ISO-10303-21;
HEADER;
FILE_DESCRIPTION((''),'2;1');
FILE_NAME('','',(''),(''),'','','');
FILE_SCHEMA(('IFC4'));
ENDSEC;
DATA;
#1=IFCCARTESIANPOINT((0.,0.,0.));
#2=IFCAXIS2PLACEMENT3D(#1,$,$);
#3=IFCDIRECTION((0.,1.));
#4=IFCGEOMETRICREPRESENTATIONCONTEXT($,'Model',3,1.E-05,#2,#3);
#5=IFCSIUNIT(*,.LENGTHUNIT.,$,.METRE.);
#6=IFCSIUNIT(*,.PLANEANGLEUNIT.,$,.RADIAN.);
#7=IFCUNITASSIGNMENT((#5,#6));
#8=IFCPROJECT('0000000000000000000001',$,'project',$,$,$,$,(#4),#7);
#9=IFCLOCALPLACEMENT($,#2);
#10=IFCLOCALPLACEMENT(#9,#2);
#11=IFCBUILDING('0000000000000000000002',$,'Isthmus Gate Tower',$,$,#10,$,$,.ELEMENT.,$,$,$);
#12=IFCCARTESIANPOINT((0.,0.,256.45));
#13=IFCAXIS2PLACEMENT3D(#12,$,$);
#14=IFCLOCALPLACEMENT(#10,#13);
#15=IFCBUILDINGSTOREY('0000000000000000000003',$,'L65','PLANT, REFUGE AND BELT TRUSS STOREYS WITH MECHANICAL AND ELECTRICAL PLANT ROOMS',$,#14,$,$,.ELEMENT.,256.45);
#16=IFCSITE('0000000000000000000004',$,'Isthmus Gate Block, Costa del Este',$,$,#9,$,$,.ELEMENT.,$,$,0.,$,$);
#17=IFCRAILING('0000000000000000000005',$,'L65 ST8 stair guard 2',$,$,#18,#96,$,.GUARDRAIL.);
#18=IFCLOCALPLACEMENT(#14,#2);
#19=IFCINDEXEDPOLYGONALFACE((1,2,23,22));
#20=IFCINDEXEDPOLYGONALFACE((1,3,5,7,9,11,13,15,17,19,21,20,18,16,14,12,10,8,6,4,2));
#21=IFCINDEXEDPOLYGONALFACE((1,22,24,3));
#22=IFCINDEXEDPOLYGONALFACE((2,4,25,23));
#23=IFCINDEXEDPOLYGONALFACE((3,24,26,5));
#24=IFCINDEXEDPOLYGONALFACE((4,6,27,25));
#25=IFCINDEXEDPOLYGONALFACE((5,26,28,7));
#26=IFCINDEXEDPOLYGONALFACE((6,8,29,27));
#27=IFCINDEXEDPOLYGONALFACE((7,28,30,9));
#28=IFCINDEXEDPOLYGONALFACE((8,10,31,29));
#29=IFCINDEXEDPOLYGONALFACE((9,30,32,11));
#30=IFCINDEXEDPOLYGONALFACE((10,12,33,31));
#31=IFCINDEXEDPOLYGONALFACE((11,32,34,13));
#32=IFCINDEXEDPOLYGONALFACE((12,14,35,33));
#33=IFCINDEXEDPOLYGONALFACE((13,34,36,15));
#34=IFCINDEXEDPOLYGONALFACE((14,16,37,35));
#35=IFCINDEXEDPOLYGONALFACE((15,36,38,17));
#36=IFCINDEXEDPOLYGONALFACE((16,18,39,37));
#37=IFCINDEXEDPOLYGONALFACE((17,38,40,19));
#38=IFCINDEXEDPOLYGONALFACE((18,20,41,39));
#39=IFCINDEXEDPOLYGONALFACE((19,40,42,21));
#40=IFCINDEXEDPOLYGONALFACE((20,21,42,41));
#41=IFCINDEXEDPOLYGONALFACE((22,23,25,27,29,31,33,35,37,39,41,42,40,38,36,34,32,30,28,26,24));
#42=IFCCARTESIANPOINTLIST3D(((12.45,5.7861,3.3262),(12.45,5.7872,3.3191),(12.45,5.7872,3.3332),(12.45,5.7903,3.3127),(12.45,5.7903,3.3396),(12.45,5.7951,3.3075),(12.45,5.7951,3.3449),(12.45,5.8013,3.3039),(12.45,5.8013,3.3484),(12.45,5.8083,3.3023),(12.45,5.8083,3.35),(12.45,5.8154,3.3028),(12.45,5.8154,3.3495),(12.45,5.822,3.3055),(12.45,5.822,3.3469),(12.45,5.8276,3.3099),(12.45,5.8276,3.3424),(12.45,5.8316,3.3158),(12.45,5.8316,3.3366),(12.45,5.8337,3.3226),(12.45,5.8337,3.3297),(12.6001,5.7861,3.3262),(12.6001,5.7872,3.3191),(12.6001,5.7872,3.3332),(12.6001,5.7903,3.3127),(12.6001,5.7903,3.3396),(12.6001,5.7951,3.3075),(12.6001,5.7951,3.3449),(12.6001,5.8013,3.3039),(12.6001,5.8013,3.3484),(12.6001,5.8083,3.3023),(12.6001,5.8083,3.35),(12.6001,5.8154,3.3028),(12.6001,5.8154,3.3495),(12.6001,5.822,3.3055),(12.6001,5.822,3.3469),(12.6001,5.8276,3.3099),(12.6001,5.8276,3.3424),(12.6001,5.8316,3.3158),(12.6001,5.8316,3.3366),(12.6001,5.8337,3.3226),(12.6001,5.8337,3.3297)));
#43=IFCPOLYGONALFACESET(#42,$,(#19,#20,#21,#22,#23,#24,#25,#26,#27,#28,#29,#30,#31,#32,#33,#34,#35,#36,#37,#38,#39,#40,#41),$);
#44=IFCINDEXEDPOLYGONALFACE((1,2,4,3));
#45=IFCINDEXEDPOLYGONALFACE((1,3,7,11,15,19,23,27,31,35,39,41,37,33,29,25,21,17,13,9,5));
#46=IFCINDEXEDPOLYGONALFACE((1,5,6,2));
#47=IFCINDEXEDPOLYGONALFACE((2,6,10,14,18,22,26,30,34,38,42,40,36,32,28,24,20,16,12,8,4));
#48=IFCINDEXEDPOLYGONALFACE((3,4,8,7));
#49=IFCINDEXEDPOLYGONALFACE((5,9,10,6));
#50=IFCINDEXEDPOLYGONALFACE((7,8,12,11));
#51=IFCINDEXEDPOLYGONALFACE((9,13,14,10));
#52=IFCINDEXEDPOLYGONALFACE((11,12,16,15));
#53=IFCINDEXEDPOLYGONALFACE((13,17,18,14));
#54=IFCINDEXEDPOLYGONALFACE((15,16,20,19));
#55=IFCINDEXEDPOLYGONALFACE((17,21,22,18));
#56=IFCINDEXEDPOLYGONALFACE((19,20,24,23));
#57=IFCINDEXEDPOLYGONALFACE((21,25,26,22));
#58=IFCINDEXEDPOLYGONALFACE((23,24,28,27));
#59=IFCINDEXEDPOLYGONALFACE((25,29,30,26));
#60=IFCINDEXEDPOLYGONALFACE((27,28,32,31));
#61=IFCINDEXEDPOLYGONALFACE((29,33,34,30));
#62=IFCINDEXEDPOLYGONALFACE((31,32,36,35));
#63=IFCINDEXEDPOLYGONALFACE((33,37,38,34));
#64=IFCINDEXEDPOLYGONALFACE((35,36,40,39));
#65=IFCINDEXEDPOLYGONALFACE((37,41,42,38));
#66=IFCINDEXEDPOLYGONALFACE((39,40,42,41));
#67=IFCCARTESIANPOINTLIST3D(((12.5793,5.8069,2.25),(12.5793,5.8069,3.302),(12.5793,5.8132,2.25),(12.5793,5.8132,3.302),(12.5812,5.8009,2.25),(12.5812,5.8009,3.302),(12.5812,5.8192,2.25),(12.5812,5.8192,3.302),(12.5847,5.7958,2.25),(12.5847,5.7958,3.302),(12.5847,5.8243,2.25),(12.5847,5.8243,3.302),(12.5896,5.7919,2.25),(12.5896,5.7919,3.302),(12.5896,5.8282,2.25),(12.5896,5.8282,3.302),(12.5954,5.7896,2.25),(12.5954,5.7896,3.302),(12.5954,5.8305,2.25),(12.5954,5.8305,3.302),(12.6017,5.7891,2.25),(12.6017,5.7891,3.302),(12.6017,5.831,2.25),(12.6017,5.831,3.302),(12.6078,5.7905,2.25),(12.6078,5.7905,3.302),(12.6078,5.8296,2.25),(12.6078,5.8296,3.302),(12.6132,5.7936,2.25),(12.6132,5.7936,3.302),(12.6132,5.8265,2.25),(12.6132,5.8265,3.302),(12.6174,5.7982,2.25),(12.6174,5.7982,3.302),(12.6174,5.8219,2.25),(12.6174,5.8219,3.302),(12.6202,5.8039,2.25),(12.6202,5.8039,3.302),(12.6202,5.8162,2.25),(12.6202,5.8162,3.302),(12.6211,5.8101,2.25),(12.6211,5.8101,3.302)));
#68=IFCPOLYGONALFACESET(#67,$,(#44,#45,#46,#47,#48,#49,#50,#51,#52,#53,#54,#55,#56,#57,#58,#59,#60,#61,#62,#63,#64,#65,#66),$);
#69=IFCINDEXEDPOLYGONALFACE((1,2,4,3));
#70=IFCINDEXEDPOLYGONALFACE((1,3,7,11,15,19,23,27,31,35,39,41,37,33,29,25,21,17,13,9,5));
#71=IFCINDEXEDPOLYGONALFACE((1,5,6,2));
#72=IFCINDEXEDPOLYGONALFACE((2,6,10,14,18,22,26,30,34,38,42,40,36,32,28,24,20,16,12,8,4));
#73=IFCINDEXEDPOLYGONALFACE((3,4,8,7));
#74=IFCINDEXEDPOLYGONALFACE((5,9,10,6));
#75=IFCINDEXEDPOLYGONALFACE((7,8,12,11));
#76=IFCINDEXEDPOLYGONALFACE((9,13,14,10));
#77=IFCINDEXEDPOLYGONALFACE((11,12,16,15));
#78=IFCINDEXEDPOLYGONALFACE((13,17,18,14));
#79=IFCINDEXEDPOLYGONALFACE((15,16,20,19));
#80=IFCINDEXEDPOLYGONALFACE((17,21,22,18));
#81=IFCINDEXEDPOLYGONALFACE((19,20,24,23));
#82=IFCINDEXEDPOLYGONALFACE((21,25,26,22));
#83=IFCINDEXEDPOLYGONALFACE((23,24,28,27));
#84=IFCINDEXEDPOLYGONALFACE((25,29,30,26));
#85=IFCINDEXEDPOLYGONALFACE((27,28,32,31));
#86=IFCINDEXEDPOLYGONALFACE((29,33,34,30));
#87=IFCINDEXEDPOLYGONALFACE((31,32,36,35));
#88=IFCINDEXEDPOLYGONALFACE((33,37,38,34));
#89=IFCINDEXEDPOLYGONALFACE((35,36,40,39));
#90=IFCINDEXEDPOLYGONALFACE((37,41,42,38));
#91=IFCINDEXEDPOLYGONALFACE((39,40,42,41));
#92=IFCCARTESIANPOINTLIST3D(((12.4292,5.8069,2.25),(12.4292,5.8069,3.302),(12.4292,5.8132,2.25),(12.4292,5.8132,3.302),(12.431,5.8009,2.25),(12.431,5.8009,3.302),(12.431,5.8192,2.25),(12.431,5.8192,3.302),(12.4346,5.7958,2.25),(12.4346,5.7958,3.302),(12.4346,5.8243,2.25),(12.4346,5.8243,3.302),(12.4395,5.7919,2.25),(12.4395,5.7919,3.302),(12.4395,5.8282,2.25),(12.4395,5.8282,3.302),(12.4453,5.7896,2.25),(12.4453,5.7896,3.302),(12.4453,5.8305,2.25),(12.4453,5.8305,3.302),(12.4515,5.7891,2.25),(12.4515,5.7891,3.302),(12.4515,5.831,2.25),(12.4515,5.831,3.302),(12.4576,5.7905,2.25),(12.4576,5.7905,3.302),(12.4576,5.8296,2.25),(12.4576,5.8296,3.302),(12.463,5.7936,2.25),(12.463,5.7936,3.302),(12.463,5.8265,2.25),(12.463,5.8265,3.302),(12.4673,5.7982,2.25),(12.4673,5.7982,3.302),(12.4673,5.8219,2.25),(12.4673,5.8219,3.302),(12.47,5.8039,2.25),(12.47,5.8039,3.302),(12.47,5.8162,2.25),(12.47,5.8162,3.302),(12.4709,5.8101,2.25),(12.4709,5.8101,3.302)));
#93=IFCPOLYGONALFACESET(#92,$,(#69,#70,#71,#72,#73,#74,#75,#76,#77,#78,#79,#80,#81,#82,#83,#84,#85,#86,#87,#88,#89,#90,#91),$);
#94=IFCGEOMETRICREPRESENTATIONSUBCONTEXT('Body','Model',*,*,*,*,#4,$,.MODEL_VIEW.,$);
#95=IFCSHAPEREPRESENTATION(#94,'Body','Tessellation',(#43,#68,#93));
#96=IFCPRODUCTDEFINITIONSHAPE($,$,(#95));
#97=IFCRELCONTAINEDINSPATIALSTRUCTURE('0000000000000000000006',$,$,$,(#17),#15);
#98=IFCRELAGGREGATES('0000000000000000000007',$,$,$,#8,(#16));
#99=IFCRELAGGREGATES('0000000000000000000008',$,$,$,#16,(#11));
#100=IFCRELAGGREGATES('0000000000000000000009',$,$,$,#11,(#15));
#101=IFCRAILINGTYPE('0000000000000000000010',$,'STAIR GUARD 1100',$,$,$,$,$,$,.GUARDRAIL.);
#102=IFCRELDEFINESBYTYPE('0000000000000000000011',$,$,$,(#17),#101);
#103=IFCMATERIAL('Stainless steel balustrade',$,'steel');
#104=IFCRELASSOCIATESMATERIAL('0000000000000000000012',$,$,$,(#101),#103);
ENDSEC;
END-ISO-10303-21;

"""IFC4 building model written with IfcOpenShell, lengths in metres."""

from ifc_helpers import new_model, si_unit, direction, frame, origin, origin_2d, place, context, subcontext, project, spatial, circle, extrude, material, type_object, element, save


model = new_model("IFC4")

# Units and contexts
model_context = context("Model", 3, precision=1e-05, world=origin(), true_north=direction((0.0, 1.0)))
body_context = subcontext(model_context, "Body", "Model", "MODEL_VIEW")
ifc_project = project(units=[si_unit("LENGTHUNIT", "METRE"), si_unit("PLANEANGLEUNIT", "RADIAN")], contexts=[model_context])

# Site, building, storey
site_placement = place(None, origin())
site = spatial("IfcSite", under=ifc_project, at=site_placement, Name="Isthmus Gate Block, Costa del Este", CompositionType="ELEMENT", RefElevation=0.0)
building_placement = place(site_placement, origin())
building = spatial("IfcBuilding", under=site, at=building_placement, Name="Isthmus Gate Tower", CompositionType="ELEMENT")
storey_placement = place(building_placement, frame((0.0, 0.0, 256.45)))
storey = spatial("IfcBuildingStorey", under=building, at=storey_placement, Name="L65", Description="PLANT, REFUGE AND BELT TRUSS STOREYS WITH MECHANICAL AND ELECTRICAL PLANT ROOMS", CompositionType="ELEMENT", Elevation=256.45)

# Railing
ifc_material_1 = material(Name="Stainless steel balustrade", Category="steel")
railing_type_1 = type_object("IfcRailingType", Name="STAIR GUARD 1100", PredefinedType="GUARDRAIL", material=ifc_material_1)
railing_1_placement = place(storey_placement, frame((12.6001, 5.8101, 2.25)))
element("IfcRailing", 1, at=railing_1_placement, inside=storey, type_object=railing_type_1, Name="L65 ST8 stair guard 2", PredefinedType="GUARDRAIL", context=body_context, shape_type="SweptSolid", body=[
    extrude(circle(Radius=0.0239, at=origin_2d()), frame((0.0, 0.0, 1.0762), z_axis=(-1.0, 0.0, 0.0), x_axis=(0.0, -1.0, 0.0)), (0.0, 0.0, 1.0), 0.1501),
    extrude(circle(Radius=0.021, at=origin_2d()), origin(), (0.0, 0.0, 1.0), 1.052),
    extrude(circle(Radius=0.021, at=origin_2d()), frame((-0.1501, 0.0, 0.0)), (0.0, 0.0, 1.0), 1.052),
])

save(model, "model.ifc")
